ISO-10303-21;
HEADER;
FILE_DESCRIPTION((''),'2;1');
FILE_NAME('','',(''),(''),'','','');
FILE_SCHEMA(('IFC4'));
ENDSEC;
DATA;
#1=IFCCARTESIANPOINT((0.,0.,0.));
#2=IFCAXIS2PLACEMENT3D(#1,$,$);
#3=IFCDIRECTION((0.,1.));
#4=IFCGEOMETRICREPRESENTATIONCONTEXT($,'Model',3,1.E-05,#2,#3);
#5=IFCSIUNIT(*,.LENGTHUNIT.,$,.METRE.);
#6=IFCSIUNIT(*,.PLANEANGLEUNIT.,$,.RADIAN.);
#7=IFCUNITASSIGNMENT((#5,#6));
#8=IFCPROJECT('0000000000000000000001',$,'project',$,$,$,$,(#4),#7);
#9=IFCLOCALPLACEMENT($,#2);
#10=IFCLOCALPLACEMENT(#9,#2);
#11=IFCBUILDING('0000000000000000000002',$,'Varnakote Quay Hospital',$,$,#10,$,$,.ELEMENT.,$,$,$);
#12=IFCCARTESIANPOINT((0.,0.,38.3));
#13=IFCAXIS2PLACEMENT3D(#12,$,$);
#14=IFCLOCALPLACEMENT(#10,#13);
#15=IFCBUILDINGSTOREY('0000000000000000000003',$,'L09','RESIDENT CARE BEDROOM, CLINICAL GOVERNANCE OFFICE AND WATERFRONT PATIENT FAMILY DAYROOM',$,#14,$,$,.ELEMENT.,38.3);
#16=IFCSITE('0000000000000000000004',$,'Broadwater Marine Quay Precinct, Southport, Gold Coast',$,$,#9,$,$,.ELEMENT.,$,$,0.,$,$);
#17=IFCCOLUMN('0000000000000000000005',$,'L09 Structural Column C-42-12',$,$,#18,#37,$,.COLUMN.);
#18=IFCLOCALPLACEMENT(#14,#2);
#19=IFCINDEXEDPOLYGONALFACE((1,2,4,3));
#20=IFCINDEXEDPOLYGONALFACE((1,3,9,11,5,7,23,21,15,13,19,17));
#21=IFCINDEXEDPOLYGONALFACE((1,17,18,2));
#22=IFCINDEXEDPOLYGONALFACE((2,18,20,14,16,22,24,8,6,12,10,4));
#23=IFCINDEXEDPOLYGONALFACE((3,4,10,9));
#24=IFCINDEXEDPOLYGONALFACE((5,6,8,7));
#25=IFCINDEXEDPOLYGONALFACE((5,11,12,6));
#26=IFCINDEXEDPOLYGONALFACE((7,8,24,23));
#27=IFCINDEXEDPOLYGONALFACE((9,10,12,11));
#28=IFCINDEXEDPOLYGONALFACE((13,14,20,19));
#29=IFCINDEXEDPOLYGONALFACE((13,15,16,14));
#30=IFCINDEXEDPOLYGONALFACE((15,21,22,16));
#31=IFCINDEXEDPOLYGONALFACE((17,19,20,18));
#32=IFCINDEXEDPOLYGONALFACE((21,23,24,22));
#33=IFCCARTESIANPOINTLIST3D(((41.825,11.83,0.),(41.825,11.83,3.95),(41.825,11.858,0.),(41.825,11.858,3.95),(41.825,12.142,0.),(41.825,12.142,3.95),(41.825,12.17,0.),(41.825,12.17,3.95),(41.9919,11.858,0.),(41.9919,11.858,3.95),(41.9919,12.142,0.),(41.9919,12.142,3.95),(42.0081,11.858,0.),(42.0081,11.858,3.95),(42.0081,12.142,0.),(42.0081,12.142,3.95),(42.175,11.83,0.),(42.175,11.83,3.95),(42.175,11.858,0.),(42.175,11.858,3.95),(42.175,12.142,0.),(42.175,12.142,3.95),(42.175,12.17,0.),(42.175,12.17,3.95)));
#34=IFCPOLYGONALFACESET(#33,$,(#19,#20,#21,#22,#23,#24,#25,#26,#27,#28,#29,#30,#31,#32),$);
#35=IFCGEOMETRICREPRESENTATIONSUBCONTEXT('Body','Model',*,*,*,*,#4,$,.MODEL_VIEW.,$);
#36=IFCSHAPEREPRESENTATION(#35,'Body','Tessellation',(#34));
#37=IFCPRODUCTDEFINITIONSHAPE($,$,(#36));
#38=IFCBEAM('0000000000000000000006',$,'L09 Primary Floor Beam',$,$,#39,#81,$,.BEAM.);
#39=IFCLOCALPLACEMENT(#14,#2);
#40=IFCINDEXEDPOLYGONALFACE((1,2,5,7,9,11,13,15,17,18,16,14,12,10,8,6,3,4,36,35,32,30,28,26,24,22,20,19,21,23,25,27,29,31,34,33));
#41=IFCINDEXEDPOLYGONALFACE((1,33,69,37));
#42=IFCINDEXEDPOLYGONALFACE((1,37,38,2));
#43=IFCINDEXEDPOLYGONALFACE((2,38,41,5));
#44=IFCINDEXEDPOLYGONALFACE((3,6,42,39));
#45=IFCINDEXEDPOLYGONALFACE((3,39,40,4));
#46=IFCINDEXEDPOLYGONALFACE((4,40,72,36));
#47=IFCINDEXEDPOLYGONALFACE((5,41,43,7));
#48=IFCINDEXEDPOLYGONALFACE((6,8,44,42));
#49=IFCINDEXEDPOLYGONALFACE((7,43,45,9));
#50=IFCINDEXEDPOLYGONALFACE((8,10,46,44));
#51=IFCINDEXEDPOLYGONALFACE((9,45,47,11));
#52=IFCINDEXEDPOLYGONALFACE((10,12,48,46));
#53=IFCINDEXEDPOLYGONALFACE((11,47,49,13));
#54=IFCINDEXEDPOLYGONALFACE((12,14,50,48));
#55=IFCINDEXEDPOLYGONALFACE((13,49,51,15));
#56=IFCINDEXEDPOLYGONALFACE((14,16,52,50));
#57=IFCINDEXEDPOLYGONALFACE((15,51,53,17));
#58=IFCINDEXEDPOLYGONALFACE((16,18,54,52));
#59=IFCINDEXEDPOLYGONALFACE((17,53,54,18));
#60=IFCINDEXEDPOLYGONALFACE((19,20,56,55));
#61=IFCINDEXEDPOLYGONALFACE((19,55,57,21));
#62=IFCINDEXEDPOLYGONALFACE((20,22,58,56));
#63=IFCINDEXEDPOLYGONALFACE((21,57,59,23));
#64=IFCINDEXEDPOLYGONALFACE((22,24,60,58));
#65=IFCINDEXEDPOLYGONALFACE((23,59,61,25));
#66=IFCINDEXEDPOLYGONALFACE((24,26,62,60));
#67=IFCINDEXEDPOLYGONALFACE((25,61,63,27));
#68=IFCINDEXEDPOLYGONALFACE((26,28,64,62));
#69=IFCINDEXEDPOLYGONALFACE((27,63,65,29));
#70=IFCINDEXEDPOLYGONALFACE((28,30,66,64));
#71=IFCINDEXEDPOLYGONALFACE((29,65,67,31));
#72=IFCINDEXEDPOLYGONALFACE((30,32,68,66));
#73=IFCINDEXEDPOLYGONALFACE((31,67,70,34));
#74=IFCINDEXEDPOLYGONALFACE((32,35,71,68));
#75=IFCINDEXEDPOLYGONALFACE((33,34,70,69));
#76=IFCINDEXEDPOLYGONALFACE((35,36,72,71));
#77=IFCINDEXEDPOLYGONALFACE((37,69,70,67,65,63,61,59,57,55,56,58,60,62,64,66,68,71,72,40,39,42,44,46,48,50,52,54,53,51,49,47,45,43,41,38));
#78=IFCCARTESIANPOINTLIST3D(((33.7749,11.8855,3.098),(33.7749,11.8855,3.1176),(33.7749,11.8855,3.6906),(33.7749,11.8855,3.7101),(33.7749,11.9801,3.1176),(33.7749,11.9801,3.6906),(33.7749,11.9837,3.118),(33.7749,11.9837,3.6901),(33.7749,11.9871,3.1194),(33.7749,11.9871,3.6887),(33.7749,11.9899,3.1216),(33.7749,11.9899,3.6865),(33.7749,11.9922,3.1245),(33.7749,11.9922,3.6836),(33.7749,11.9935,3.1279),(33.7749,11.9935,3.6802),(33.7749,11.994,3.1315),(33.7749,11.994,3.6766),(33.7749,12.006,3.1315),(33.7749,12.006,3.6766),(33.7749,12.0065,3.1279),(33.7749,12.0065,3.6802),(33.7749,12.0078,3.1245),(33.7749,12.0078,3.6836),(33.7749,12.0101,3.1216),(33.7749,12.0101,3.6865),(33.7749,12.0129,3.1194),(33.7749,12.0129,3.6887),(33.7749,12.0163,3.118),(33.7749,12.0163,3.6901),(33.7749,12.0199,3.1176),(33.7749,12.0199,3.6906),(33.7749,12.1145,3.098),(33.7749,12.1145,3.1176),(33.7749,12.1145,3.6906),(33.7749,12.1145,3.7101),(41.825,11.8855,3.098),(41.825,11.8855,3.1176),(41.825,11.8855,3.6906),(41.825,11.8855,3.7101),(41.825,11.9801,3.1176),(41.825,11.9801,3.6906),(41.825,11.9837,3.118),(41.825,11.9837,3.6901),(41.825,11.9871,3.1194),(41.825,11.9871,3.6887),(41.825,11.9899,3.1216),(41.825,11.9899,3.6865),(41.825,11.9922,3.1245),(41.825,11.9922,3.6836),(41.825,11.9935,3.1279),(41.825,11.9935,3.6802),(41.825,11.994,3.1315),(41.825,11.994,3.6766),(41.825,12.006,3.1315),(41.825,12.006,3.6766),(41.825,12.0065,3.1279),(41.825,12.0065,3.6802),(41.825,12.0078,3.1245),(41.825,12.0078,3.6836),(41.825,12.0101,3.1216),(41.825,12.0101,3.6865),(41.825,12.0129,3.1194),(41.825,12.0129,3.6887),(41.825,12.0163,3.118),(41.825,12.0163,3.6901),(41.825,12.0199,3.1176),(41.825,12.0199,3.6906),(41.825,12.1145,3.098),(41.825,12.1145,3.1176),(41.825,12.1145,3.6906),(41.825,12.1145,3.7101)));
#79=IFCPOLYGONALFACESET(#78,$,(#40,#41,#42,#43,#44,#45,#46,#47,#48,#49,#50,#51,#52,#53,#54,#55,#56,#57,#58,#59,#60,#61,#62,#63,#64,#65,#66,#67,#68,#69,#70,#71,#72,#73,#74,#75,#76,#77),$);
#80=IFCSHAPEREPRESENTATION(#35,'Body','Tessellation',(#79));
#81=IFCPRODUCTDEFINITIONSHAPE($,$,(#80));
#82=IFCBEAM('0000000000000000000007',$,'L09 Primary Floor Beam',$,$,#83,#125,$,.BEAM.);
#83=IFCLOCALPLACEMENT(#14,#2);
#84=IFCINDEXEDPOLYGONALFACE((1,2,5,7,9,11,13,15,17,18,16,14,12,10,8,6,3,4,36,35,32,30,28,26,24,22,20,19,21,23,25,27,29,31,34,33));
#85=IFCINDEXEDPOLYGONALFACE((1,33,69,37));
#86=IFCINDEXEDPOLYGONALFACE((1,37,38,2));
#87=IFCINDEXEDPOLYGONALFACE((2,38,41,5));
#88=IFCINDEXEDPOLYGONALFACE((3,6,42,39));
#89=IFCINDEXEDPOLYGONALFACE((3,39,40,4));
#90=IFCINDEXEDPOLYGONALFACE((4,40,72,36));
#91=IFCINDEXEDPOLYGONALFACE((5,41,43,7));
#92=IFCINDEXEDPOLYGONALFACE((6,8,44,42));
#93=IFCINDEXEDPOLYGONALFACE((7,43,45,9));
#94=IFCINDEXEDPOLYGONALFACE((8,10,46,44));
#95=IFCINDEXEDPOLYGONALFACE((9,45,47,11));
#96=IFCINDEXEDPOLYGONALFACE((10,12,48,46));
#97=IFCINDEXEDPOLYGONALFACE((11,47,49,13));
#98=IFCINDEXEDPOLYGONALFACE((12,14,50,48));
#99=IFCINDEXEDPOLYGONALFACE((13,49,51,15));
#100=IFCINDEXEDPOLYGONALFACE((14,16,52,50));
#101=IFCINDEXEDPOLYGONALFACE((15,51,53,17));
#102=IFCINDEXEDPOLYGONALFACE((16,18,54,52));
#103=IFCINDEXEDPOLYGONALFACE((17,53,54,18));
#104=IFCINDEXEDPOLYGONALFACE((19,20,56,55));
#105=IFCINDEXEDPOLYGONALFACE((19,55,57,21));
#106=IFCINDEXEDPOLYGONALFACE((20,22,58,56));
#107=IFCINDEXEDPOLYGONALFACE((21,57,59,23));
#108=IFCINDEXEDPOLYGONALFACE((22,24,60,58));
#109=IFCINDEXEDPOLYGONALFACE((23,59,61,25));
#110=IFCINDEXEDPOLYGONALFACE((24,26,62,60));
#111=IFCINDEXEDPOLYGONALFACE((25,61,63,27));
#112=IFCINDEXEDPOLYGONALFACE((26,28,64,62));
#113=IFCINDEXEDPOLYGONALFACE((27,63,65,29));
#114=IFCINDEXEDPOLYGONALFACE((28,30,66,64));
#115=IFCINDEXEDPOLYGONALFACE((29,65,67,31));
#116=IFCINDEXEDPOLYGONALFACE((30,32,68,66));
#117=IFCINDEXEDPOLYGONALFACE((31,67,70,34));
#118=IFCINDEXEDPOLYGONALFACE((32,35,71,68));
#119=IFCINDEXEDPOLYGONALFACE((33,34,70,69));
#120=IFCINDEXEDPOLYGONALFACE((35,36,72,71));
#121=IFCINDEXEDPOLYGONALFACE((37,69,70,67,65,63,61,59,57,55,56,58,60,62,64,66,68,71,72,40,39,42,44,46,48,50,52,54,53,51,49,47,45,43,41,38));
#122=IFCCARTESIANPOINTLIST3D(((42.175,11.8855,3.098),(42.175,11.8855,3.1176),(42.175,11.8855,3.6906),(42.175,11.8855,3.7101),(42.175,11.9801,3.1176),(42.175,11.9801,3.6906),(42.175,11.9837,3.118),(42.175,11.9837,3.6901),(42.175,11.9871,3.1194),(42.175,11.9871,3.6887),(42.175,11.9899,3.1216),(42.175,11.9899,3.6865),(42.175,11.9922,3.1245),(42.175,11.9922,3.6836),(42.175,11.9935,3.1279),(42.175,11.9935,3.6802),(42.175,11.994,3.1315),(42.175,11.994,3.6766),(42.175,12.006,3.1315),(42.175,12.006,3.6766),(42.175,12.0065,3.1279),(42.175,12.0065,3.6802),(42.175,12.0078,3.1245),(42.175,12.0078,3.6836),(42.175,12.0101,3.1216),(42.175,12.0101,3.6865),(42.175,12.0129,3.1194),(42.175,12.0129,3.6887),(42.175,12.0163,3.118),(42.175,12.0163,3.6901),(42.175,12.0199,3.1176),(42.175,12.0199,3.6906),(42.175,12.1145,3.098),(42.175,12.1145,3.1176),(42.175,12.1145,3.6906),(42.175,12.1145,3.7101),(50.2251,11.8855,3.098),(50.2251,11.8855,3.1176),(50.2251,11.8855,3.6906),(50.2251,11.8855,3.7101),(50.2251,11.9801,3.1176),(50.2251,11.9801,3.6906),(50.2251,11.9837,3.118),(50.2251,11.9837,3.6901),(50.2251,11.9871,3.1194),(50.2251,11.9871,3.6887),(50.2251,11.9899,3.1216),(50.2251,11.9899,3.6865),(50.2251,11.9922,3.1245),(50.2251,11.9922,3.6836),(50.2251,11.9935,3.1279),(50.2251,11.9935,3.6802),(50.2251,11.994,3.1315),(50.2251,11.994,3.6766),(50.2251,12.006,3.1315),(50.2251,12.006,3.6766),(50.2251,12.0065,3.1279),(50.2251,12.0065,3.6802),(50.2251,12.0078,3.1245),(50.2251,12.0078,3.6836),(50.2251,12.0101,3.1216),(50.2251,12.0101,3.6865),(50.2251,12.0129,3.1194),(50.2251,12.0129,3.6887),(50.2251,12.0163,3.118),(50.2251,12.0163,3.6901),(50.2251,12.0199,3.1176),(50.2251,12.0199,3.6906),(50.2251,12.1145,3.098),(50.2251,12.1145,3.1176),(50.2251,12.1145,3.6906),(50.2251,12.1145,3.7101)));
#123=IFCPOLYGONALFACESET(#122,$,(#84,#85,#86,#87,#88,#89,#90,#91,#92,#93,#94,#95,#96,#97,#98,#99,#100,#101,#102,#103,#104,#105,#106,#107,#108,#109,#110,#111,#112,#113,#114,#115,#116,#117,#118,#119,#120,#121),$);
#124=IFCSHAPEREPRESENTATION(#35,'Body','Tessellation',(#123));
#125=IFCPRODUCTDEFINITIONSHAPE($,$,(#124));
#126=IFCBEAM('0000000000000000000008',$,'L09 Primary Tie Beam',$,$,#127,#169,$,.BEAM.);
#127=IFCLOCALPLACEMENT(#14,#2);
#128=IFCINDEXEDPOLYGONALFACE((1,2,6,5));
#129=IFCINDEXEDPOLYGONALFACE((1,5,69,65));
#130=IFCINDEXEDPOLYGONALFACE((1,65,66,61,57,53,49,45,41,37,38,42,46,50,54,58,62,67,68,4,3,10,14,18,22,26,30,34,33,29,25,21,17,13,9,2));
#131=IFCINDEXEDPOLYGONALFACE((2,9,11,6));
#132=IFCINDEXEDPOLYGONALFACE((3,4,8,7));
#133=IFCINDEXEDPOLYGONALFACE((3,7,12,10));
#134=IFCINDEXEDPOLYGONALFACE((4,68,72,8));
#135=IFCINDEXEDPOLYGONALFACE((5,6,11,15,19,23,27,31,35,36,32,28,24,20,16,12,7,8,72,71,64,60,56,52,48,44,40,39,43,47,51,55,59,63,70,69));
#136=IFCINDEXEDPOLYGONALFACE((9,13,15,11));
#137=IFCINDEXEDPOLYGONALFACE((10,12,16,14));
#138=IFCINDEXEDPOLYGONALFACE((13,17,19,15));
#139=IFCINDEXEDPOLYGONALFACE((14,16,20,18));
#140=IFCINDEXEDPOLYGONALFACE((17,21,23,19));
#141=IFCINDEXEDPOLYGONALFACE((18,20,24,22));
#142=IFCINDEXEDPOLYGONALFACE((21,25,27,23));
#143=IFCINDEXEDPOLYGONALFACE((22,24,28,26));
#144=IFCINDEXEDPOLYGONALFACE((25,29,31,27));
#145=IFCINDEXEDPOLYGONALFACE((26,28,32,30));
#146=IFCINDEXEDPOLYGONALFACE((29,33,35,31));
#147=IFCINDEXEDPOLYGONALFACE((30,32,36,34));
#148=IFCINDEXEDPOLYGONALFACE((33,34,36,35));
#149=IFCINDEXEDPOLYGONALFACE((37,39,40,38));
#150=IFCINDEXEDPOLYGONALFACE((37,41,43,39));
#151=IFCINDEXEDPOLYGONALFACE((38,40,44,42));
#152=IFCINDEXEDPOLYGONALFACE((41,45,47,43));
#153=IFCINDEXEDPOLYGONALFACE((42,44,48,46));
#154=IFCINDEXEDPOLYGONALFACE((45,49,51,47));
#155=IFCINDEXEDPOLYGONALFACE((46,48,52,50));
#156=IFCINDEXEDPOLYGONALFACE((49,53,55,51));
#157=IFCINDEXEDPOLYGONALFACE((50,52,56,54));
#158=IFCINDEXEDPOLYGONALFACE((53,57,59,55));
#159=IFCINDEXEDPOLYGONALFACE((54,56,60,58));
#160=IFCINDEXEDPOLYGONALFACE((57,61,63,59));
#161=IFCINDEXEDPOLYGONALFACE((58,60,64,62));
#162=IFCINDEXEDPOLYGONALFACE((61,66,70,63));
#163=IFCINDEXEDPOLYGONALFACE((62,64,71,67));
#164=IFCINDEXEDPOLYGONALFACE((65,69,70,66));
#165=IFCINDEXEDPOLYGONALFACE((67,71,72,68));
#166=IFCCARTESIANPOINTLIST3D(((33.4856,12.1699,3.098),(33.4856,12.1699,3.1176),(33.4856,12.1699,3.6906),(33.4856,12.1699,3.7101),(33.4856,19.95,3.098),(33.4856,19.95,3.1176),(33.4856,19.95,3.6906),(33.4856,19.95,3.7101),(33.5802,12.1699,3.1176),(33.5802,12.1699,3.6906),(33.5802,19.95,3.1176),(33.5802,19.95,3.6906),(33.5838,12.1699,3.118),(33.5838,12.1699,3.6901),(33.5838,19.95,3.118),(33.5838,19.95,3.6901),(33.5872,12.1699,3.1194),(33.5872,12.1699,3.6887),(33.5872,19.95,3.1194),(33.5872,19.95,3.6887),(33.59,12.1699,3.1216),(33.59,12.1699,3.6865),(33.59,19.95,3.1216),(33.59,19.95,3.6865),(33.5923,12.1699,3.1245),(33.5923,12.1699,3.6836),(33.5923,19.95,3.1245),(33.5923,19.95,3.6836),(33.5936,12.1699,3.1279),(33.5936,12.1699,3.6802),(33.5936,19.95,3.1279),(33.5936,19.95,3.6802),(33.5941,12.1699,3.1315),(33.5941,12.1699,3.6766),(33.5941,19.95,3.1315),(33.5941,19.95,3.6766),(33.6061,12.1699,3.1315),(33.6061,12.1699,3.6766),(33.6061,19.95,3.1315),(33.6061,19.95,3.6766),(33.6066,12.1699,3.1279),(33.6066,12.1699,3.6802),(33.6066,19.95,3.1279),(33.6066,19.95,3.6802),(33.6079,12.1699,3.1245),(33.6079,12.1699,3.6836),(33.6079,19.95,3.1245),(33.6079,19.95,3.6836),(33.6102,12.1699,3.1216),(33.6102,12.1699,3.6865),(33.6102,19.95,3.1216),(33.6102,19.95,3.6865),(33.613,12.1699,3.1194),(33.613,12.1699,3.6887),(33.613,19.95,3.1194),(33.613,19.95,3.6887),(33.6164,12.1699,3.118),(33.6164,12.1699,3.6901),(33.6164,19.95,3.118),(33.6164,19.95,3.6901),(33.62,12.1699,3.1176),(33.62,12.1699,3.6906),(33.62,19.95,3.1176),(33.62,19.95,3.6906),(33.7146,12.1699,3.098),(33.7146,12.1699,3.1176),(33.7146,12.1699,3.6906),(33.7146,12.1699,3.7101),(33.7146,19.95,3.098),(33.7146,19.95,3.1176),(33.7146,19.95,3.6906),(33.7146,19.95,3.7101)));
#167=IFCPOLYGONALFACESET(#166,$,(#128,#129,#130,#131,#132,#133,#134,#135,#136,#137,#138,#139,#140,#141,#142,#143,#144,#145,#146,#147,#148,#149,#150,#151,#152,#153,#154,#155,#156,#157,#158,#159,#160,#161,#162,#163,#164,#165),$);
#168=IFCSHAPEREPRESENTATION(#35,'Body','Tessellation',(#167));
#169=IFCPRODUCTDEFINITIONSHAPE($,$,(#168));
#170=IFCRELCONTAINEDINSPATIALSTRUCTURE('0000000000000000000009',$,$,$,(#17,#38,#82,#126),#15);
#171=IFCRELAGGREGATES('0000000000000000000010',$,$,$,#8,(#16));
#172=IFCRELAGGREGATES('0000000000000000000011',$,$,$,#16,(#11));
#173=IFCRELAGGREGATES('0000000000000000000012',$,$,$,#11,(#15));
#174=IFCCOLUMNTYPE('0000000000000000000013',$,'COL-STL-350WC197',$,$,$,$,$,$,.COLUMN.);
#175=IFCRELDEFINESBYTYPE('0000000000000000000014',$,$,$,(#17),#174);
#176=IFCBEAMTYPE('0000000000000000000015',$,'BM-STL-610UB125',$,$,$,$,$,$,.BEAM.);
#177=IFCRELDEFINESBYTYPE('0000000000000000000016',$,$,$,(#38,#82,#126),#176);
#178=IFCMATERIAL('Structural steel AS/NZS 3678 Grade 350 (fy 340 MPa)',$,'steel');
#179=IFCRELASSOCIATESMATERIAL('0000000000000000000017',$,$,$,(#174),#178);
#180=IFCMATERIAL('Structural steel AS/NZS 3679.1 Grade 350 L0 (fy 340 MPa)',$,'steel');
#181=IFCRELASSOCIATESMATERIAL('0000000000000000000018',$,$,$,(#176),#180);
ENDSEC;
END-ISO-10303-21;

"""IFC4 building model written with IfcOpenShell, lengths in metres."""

from ifc_helpers import new_model, si_unit, direction, frame, origin, origin_2d, place, context, subcontext, project, spatial, i_section, extrude, material, material_profile, profile_set, type_object, element, save


model = new_model("IFC4")

# Units and contexts
model_context = context("Model", 3, precision=1e-05, world=origin(), true_north=direction((0.0, 1.0)))
body_context = subcontext(model_context, "Body", "Model", "MODEL_VIEW")
ifc_project = project(units=[si_unit("LENGTHUNIT", "METRE"), si_unit("PLANEANGLEUNIT", "RADIAN")], contexts=[model_context])

# Site, building, storey
site_placement = place(None, origin())
site = spatial("IfcSite", under=ifc_project, at=site_placement, Name="Broadwater Marine Quay Precinct, Southport, Gold Coast", CompositionType="ELEMENT", RefElevation=0.0)
building_placement = place(site_placement, origin())
building = spatial("IfcBuilding", under=site, at=building_placement, Name="Varnakote Quay Hospital", CompositionType="ELEMENT")
storey_placement = place(building_placement, frame((0.0, 0.0, 38.3)))
storey = spatial("IfcBuildingStorey", under=building, at=storey_placement, Name="L09", Description="RESIDENT CARE BEDROOM, CLINICAL GOVERNANCE OFFICE AND WATERFRONT PATIENT FAMILY DAYROOM", CompositionType="ELEMENT", Elevation=38.3)

# Column
ifc_material_1 = material(Name="Structural steel AS/NZS 3678 Grade 350 (fy 340 MPa)", Category="steel")
ifc_material_profile_1 = material_profile(ifc_material_1, i_section(OverallWidth=0.3501, OverallDepth=0.3401, WebThickness=0.0161, FlangeThickness=0.0281, at=origin_2d()), Name="350WC197")
ifc_profile_set_1 = profile_set([ifc_material_profile_1], Name="Structural steel AS/NZS 3678 Grade 350 (fy 340 MPa)")
column_type = type_object("IfcColumnType", Name="COL-STL-350WC197", PredefinedType="COLUMN", material=ifc_profile_set_1)
column_placement = place(storey_placement, frame((42.0, 12.0, 0.0), z_axis=(0.0, 0.0, 1.0), x_axis=(1.0, 0.0, 0.0)))
element("IfcColumn", 1, at=column_placement, inside=storey, type_object=column_type, Name="L09 Structural Column C-42-12", PredefinedType="COLUMN", context=body_context, shape_type="SweptSolid", body=[
    extrude(i_section(OverallWidth=0.3501, OverallDepth=0.3401, WebThickness=0.0161, FlangeThickness=0.0281, at=origin_2d()), origin(), (0.0, 0.0, 1.0), 3.95),
])

# Beams
ifc_material_2 = material(Name="Structural steel AS/NZS 3679.1 Grade 350 L0 (fy 340 MPa)", Category="steel")
ifc_material_profile_2 = material_profile(ifc_material_2, i_section(OverallWidth=0.229, OverallDepth=0.6121, WebThickness=0.012, FlangeThickness=0.0195, FilletRadius=0.0139, at=origin_2d()), Name="610UB125")
ifc_profile_set_2 = profile_set([ifc_material_profile_2], Name="Structural steel AS/NZS 3679.1 Grade 350 L0 (fy 340 MPa)")
beam_type_1 = type_object("IfcBeamType", Name="BM-STL-610UB125", PredefinedType="BEAM", material=ifc_profile_set_2)
for number, where, z_axis, x_axis, name in (
    (2, (33.7749, 12.0, 3.4041), (1.0, 0.0, 0.0), (0.0, 1.0, 0.0), "L09 Primary Floor Beam"),
    (3, (42.175, 12.0, 3.4041), (1.0, 0.0, 0.0), (0.0, 1.0, 0.0), "L09 Primary Floor Beam"),
):
    element("IfcBeam", number, at=place(storey_placement, frame(where, z_axis=z_axis, x_axis=x_axis)), inside=storey, type_object=beam_type_1, Name=name, PredefinedType="BEAM", context=body_context, shape_type="SweptSolid", body=[
        extrude(i_section(OverallWidth=0.229, OverallDepth=0.6121, WebThickness=0.012, FlangeThickness=0.0195, FilletRadius=0.0139, at=origin_2d()), origin(), (0.0, 0.0, 1.0), 8.05),
    ])
beam_1_placement = place(storey_placement, frame((33.6001, 12.1699, 3.4041), z_axis=(0.0, 1.0, 0.0), x_axis=(-1.0, 0.0, 0.0)))
element("IfcBeam", 4, at=beam_1_placement, inside=storey, type_object=beam_type_1, Name="L09 Primary Tie Beam", PredefinedType="BEAM", context=body_context, shape_type="SweptSolid", body=[
    extrude(i_section(OverallWidth=0.229, OverallDepth=0.6121, WebThickness=0.012, FlangeThickness=0.0195, FilletRadius=0.0139, at=origin_2d()), origin(), (0.0, 0.0, 1.0), 7.78),
])

save(model, "model.ifc")
